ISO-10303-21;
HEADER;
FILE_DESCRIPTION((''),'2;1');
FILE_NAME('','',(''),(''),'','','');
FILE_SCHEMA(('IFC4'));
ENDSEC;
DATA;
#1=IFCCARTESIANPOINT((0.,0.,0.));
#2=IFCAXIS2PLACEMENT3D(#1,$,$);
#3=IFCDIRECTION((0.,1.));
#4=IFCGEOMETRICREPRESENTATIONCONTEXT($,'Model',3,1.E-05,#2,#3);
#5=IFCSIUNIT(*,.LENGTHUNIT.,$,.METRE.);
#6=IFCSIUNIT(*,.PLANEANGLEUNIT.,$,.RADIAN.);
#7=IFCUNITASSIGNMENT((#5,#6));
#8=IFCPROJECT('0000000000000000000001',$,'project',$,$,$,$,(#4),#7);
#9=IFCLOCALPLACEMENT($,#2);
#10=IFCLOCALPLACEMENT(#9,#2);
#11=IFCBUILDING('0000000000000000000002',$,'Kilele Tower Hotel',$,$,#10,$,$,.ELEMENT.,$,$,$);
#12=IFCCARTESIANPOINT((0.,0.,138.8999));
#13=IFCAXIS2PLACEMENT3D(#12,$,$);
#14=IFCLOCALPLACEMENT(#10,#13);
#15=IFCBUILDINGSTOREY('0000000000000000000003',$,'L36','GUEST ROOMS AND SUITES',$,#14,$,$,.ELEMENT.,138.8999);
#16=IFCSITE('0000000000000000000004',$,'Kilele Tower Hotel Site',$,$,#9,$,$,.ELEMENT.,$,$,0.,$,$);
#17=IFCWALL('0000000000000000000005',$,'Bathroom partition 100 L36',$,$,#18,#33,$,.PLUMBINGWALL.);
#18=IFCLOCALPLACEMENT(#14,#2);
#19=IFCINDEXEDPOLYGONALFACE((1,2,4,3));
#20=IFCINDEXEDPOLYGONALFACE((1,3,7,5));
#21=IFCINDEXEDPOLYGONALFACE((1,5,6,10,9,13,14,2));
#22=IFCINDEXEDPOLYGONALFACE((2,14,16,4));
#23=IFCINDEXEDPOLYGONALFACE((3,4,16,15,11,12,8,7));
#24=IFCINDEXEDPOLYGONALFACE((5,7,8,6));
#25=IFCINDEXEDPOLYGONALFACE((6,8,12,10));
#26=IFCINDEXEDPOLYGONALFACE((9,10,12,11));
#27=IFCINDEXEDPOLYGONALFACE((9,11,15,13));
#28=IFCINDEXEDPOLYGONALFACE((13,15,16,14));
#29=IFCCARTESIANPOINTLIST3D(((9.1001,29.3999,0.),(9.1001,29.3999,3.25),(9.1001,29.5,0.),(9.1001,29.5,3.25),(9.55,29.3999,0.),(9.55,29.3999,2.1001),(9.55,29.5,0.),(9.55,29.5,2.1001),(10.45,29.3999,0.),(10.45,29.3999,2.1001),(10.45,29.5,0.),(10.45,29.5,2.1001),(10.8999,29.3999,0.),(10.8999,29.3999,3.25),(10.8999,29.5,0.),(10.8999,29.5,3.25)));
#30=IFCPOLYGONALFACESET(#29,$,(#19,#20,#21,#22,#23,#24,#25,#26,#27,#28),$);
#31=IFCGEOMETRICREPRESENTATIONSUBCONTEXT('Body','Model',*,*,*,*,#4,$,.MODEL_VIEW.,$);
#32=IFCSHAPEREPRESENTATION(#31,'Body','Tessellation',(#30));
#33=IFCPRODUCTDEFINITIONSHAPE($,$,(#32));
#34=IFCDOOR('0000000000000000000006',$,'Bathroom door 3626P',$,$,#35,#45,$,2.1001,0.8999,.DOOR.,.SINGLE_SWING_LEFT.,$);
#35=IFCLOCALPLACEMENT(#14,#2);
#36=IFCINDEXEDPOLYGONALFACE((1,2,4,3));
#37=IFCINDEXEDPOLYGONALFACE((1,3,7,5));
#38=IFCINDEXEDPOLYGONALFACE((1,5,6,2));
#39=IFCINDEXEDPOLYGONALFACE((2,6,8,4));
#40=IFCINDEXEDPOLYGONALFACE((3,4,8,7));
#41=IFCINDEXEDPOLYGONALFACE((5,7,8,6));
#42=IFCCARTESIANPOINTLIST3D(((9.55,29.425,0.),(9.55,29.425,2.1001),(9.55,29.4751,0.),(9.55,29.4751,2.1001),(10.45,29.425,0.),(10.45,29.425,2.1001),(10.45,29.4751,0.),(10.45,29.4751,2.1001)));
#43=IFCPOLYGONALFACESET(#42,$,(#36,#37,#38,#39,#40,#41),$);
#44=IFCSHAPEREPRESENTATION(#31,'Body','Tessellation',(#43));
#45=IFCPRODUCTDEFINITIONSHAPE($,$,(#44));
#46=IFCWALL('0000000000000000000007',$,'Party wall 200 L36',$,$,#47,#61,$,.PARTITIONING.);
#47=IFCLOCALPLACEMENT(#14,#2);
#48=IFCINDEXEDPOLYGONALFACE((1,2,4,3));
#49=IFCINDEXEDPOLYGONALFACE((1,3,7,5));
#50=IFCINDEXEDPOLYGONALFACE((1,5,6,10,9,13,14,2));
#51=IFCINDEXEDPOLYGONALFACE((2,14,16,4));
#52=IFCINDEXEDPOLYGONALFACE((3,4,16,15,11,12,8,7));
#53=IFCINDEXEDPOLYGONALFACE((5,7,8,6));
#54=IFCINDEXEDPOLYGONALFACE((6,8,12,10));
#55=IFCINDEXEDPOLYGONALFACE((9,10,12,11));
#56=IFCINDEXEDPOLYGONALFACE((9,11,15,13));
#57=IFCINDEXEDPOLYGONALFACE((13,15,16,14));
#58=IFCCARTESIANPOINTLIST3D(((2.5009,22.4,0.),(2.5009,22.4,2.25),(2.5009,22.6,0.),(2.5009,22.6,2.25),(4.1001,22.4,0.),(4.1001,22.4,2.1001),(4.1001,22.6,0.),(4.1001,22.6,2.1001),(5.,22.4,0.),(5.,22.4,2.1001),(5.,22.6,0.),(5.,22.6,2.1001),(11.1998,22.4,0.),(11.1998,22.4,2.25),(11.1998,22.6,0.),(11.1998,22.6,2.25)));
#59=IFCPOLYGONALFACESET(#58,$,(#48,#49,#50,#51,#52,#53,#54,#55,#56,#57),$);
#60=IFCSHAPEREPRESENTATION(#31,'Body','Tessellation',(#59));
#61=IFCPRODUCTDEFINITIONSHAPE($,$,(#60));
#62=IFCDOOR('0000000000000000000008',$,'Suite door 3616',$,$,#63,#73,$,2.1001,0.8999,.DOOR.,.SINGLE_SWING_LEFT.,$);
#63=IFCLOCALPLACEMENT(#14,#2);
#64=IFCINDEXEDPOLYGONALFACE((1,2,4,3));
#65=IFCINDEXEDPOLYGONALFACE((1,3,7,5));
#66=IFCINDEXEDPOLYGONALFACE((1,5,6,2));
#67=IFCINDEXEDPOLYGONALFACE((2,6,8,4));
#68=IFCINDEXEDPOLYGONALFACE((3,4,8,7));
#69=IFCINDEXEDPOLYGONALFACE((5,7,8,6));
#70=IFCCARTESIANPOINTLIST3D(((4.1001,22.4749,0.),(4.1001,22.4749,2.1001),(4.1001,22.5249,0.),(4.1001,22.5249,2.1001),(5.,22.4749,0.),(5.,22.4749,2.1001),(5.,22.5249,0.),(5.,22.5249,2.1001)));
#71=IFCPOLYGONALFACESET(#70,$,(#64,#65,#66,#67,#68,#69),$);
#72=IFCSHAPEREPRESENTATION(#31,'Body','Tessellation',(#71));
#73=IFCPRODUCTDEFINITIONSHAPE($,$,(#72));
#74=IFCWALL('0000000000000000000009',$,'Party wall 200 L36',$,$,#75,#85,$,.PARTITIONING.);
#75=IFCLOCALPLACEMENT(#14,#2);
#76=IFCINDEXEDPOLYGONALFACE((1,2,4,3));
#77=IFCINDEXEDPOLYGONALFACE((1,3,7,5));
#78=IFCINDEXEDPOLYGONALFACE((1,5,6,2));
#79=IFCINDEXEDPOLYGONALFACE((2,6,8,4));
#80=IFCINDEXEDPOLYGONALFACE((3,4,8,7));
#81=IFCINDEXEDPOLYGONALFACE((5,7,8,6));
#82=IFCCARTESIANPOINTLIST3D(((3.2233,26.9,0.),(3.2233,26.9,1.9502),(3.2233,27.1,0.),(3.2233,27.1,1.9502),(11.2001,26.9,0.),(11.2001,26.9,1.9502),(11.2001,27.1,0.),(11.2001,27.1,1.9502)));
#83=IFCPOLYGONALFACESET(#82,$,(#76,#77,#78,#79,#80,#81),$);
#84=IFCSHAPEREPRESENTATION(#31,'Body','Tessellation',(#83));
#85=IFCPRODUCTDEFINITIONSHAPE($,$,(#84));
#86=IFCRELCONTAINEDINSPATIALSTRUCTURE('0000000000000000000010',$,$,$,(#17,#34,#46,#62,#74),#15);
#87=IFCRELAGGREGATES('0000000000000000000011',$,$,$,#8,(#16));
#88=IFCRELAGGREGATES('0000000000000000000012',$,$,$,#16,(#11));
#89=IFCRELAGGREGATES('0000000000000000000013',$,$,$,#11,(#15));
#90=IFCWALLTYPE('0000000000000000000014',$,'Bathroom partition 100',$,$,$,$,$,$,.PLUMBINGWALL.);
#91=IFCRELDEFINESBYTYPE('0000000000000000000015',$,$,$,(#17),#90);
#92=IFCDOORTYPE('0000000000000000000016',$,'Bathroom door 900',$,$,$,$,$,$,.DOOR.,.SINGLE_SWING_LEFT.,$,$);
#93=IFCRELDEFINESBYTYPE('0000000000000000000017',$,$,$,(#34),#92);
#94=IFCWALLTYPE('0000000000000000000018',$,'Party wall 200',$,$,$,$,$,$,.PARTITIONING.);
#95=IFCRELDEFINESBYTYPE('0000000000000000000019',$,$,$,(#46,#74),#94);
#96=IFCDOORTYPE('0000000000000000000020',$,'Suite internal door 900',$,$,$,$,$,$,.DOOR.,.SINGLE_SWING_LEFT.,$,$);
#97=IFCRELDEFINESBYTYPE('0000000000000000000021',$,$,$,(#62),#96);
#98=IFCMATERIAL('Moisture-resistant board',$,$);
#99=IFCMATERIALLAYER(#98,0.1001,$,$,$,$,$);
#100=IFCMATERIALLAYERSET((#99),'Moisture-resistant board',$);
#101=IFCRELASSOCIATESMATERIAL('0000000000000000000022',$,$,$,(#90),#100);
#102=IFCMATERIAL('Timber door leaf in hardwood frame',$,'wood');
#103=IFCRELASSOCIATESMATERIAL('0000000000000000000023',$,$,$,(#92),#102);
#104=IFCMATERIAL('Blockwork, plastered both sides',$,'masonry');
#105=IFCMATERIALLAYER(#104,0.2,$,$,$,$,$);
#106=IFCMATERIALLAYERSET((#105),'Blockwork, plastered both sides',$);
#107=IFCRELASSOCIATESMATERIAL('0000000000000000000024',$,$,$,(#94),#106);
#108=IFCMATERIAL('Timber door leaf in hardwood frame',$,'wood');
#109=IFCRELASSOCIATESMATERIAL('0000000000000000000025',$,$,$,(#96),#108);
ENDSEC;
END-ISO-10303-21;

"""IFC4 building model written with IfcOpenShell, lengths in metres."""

from ifc_helpers import new_model, si_unit, direction, frame, frame_2d, origin, place, context, subcontext, project, spatial, rectangle, extrude, material, layer, layer_set, type_object, element, fill, save


model = new_model("IFC4")

# Units and contexts
model_context = context("Model", 3, precision=1e-05, world=origin(), true_north=direction((0.0, 1.0)))
body_context = subcontext(model_context, "Body", "Model", "MODEL_VIEW")
ifc_project = project(units=[si_unit("LENGTHUNIT", "METRE"), si_unit("PLANEANGLEUNIT", "RADIAN")], contexts=[model_context])

# Site, building, storey
site_placement = place(None, origin())
site = spatial("IfcSite", under=ifc_project, at=site_placement, Name="Kilele Tower Hotel Site", CompositionType="ELEMENT", RefElevation=0.0)
building_placement = place(site_placement, origin())
building = spatial("IfcBuilding", under=site, at=building_placement, Name="Kilele Tower Hotel", CompositionType="ELEMENT")
storey_placement = place(building_placement, frame((0.0, 0.0, 138.8999)))
storey = spatial("IfcBuildingStorey", under=building, at=storey_placement, Name="L36", Description="GUEST ROOMS AND SUITES", CompositionType="ELEMENT", Elevation=138.8999)

# Shared definitions
ifc_material_1 = material(Name="Moisture-resistant board")
ifc_layer_1 = layer(ifc_material_1, 0.1001)
ifc_layer_set_1 = layer_set([ifc_layer_1], Name="Moisture-resistant board")
wall_type_1 = type_object("IfcWallType", Name="Bathroom partition 100", PredefinedType="PLUMBINGWALL", material=ifc_layer_set_1)

# Shared definitions
ifc_material_2 = material(Name="Timber door leaf in hardwood frame", Category="wood")
door_type_1 = type_object("IfcDoorType", Name="Bathroom door 900", OperationType="SINGLE_SWING_LEFT", PredefinedType="DOOR", material=ifc_material_2)

# Walls, openings, doors
wall_1_placement = place(storey_placement, frame((10.8999, 29.45, 0.0), z_axis=(0.0, 0.0, 1.0), x_axis=(-1.0, 0.0, 0.0)))
wall_1 = element("IfcWall", 1, at=wall_1_placement, inside=storey, type_object=wall_type_1, Name="Bathroom partition 100 L36", PredefinedType="PLUMBINGWALL", context=body_context, shape_type="SweptSolid", body=[
    extrude(rectangle(XDim=1.7998, YDim=0.1001, at=frame_2d((0.8999, 0.0))), origin(), (0.0, 0.0, 1.0), 3.25),
])
opening_1_placement = place(wall_1_placement, frame((0.45, 0.0, 0.0)))
opening_1 = element("IfcOpeningElement", 2, at=opening_1_placement, cuts=wall_1, PredefinedType="OPENING", context=body_context, shape_type="SweptSolid", body=[
    extrude(rectangle(XDim=0.8999, YDim=2.1001, at=frame_2d((0.45, 1.05))), frame((0.0, 0.0601, 0.0), z_axis=(0.0, -1.0, 0.0), x_axis=(1.0, 0.0, 0.0)), (0.0, 0.0, 1.0), 0.1201),
])
door_1_placement = place(opening_1_placement, origin())
door_1 = element("IfcDoor", 3, at=door_1_placement, inside=storey, type_object=door_type_1, Name="Bathroom door 3626P", OperationType="SINGLE_SWING_LEFT", OverallHeight=2.1001, OverallWidth=0.8999, PredefinedType="DOOR", context=body_context, shape_type="SweptSolid", body=[
    extrude(rectangle(XDim=0.8999, YDim=2.1001, at=frame_2d((0.45, 1.05))), frame((0.0, 0.0249, 0.0), z_axis=(0.0, -1.0, 0.0), x_axis=(1.0, 0.0, 0.0)), (0.0, 0.0, 1.0), 0.05),
])
fill(opening_1, door_1)
ifc_material_3 = material(Name="Blockwork, plastered both sides", Category="masonry")
ifc_layer_2 = layer(ifc_material_3, 0.2)
ifc_layer_set_2 = layer_set([ifc_layer_2], Name="Blockwork, plastered both sides")
wall_type_2 = type_object("IfcWallType", Name="Party wall 200", PredefinedType="PARTITIONING", material=ifc_layer_set_2)
wall_2_placement = place(storey_placement, frame((11.2, 22.5, 0.0), z_axis=(0.0, 0.0, 1.0), x_axis=(-1.0, 0.0, 0.0)))
wall_2 = element("IfcWall", 4, at=wall_2_placement, inside=storey, type_object=wall_type_2, Name="Party wall 200 L36", PredefinedType="PARTITIONING", context=body_context, shape_type="SweptSolid", body=[
    extrude(rectangle(XDim=8.699, YDim=0.2, at=frame_2d((4.3496, 0.0))), origin(), (0.0, 0.0, 1.0), 2.25),
])
opening_2_placement = place(wall_2_placement, frame((7.0999, 0.0, 0.0), z_axis=(0.0, 0.0, 1.0), x_axis=(-1.0, 0.0, 0.0)))
opening_2 = element("IfcOpeningElement", 5, at=opening_2_placement, cuts=wall_2, PredefinedType="OPENING", context=body_context, shape_type="SweptSolid", body=[
    extrude(rectangle(XDim=0.8999, YDim=2.1001, at=frame_2d((0.45, 1.05))), frame((0.0, 0.1099, 0.0), z_axis=(0.0, -1.0, 0.0), x_axis=(1.0, 0.0, 0.0)), (0.0, 0.0, 1.0), 0.22),
])
ifc_material_4 = material(Name="Timber door leaf in hardwood frame", Category="wood")
door_type_2 = type_object("IfcDoorType", Name="Suite internal door 900", OperationType="SINGLE_SWING_LEFT", PredefinedType="DOOR", material=ifc_material_4)
door_2_placement = place(opening_2_placement, origin())
door_2 = element("IfcDoor", 6, at=door_2_placement, inside=storey, type_object=door_type_2, Name="Suite door 3616", OperationType="SINGLE_SWING_LEFT", OverallHeight=2.1001, OverallWidth=0.8999, PredefinedType="DOOR", context=body_context, shape_type="SweptSolid", body=[
    extrude(rectangle(XDim=0.8999, YDim=2.1001, at=frame_2d((0.45, 1.05))), frame((0.0, 0.0249, 0.0), z_axis=(0.0, -1.0, 0.0), x_axis=(1.0, 0.0, 0.0)), (0.0, 0.0, 1.0), 0.05),
])
fill(opening_2, door_2)

# Wall
wall_3_placement = place(storey_placement, frame((11.2, 27.0, 0.0), z_axis=(0.0, 0.0, 1.0), x_axis=(-1.0, 0.0, 0.0)))
element("IfcWall", 7, at=wall_3_placement, inside=storey, type_object=wall_type_2, Name="Party wall 200 L36", PredefinedType="PARTITIONING", context=body_context, shape_type="SweptSolid", body=[
    extrude(rectangle(XDim=7.9768, YDim=0.2, at=frame_2d((3.9883, 0.0))), origin(), (0.0, 0.0, 1.0), 1.9502),
])

save(model, "model.ifc")
